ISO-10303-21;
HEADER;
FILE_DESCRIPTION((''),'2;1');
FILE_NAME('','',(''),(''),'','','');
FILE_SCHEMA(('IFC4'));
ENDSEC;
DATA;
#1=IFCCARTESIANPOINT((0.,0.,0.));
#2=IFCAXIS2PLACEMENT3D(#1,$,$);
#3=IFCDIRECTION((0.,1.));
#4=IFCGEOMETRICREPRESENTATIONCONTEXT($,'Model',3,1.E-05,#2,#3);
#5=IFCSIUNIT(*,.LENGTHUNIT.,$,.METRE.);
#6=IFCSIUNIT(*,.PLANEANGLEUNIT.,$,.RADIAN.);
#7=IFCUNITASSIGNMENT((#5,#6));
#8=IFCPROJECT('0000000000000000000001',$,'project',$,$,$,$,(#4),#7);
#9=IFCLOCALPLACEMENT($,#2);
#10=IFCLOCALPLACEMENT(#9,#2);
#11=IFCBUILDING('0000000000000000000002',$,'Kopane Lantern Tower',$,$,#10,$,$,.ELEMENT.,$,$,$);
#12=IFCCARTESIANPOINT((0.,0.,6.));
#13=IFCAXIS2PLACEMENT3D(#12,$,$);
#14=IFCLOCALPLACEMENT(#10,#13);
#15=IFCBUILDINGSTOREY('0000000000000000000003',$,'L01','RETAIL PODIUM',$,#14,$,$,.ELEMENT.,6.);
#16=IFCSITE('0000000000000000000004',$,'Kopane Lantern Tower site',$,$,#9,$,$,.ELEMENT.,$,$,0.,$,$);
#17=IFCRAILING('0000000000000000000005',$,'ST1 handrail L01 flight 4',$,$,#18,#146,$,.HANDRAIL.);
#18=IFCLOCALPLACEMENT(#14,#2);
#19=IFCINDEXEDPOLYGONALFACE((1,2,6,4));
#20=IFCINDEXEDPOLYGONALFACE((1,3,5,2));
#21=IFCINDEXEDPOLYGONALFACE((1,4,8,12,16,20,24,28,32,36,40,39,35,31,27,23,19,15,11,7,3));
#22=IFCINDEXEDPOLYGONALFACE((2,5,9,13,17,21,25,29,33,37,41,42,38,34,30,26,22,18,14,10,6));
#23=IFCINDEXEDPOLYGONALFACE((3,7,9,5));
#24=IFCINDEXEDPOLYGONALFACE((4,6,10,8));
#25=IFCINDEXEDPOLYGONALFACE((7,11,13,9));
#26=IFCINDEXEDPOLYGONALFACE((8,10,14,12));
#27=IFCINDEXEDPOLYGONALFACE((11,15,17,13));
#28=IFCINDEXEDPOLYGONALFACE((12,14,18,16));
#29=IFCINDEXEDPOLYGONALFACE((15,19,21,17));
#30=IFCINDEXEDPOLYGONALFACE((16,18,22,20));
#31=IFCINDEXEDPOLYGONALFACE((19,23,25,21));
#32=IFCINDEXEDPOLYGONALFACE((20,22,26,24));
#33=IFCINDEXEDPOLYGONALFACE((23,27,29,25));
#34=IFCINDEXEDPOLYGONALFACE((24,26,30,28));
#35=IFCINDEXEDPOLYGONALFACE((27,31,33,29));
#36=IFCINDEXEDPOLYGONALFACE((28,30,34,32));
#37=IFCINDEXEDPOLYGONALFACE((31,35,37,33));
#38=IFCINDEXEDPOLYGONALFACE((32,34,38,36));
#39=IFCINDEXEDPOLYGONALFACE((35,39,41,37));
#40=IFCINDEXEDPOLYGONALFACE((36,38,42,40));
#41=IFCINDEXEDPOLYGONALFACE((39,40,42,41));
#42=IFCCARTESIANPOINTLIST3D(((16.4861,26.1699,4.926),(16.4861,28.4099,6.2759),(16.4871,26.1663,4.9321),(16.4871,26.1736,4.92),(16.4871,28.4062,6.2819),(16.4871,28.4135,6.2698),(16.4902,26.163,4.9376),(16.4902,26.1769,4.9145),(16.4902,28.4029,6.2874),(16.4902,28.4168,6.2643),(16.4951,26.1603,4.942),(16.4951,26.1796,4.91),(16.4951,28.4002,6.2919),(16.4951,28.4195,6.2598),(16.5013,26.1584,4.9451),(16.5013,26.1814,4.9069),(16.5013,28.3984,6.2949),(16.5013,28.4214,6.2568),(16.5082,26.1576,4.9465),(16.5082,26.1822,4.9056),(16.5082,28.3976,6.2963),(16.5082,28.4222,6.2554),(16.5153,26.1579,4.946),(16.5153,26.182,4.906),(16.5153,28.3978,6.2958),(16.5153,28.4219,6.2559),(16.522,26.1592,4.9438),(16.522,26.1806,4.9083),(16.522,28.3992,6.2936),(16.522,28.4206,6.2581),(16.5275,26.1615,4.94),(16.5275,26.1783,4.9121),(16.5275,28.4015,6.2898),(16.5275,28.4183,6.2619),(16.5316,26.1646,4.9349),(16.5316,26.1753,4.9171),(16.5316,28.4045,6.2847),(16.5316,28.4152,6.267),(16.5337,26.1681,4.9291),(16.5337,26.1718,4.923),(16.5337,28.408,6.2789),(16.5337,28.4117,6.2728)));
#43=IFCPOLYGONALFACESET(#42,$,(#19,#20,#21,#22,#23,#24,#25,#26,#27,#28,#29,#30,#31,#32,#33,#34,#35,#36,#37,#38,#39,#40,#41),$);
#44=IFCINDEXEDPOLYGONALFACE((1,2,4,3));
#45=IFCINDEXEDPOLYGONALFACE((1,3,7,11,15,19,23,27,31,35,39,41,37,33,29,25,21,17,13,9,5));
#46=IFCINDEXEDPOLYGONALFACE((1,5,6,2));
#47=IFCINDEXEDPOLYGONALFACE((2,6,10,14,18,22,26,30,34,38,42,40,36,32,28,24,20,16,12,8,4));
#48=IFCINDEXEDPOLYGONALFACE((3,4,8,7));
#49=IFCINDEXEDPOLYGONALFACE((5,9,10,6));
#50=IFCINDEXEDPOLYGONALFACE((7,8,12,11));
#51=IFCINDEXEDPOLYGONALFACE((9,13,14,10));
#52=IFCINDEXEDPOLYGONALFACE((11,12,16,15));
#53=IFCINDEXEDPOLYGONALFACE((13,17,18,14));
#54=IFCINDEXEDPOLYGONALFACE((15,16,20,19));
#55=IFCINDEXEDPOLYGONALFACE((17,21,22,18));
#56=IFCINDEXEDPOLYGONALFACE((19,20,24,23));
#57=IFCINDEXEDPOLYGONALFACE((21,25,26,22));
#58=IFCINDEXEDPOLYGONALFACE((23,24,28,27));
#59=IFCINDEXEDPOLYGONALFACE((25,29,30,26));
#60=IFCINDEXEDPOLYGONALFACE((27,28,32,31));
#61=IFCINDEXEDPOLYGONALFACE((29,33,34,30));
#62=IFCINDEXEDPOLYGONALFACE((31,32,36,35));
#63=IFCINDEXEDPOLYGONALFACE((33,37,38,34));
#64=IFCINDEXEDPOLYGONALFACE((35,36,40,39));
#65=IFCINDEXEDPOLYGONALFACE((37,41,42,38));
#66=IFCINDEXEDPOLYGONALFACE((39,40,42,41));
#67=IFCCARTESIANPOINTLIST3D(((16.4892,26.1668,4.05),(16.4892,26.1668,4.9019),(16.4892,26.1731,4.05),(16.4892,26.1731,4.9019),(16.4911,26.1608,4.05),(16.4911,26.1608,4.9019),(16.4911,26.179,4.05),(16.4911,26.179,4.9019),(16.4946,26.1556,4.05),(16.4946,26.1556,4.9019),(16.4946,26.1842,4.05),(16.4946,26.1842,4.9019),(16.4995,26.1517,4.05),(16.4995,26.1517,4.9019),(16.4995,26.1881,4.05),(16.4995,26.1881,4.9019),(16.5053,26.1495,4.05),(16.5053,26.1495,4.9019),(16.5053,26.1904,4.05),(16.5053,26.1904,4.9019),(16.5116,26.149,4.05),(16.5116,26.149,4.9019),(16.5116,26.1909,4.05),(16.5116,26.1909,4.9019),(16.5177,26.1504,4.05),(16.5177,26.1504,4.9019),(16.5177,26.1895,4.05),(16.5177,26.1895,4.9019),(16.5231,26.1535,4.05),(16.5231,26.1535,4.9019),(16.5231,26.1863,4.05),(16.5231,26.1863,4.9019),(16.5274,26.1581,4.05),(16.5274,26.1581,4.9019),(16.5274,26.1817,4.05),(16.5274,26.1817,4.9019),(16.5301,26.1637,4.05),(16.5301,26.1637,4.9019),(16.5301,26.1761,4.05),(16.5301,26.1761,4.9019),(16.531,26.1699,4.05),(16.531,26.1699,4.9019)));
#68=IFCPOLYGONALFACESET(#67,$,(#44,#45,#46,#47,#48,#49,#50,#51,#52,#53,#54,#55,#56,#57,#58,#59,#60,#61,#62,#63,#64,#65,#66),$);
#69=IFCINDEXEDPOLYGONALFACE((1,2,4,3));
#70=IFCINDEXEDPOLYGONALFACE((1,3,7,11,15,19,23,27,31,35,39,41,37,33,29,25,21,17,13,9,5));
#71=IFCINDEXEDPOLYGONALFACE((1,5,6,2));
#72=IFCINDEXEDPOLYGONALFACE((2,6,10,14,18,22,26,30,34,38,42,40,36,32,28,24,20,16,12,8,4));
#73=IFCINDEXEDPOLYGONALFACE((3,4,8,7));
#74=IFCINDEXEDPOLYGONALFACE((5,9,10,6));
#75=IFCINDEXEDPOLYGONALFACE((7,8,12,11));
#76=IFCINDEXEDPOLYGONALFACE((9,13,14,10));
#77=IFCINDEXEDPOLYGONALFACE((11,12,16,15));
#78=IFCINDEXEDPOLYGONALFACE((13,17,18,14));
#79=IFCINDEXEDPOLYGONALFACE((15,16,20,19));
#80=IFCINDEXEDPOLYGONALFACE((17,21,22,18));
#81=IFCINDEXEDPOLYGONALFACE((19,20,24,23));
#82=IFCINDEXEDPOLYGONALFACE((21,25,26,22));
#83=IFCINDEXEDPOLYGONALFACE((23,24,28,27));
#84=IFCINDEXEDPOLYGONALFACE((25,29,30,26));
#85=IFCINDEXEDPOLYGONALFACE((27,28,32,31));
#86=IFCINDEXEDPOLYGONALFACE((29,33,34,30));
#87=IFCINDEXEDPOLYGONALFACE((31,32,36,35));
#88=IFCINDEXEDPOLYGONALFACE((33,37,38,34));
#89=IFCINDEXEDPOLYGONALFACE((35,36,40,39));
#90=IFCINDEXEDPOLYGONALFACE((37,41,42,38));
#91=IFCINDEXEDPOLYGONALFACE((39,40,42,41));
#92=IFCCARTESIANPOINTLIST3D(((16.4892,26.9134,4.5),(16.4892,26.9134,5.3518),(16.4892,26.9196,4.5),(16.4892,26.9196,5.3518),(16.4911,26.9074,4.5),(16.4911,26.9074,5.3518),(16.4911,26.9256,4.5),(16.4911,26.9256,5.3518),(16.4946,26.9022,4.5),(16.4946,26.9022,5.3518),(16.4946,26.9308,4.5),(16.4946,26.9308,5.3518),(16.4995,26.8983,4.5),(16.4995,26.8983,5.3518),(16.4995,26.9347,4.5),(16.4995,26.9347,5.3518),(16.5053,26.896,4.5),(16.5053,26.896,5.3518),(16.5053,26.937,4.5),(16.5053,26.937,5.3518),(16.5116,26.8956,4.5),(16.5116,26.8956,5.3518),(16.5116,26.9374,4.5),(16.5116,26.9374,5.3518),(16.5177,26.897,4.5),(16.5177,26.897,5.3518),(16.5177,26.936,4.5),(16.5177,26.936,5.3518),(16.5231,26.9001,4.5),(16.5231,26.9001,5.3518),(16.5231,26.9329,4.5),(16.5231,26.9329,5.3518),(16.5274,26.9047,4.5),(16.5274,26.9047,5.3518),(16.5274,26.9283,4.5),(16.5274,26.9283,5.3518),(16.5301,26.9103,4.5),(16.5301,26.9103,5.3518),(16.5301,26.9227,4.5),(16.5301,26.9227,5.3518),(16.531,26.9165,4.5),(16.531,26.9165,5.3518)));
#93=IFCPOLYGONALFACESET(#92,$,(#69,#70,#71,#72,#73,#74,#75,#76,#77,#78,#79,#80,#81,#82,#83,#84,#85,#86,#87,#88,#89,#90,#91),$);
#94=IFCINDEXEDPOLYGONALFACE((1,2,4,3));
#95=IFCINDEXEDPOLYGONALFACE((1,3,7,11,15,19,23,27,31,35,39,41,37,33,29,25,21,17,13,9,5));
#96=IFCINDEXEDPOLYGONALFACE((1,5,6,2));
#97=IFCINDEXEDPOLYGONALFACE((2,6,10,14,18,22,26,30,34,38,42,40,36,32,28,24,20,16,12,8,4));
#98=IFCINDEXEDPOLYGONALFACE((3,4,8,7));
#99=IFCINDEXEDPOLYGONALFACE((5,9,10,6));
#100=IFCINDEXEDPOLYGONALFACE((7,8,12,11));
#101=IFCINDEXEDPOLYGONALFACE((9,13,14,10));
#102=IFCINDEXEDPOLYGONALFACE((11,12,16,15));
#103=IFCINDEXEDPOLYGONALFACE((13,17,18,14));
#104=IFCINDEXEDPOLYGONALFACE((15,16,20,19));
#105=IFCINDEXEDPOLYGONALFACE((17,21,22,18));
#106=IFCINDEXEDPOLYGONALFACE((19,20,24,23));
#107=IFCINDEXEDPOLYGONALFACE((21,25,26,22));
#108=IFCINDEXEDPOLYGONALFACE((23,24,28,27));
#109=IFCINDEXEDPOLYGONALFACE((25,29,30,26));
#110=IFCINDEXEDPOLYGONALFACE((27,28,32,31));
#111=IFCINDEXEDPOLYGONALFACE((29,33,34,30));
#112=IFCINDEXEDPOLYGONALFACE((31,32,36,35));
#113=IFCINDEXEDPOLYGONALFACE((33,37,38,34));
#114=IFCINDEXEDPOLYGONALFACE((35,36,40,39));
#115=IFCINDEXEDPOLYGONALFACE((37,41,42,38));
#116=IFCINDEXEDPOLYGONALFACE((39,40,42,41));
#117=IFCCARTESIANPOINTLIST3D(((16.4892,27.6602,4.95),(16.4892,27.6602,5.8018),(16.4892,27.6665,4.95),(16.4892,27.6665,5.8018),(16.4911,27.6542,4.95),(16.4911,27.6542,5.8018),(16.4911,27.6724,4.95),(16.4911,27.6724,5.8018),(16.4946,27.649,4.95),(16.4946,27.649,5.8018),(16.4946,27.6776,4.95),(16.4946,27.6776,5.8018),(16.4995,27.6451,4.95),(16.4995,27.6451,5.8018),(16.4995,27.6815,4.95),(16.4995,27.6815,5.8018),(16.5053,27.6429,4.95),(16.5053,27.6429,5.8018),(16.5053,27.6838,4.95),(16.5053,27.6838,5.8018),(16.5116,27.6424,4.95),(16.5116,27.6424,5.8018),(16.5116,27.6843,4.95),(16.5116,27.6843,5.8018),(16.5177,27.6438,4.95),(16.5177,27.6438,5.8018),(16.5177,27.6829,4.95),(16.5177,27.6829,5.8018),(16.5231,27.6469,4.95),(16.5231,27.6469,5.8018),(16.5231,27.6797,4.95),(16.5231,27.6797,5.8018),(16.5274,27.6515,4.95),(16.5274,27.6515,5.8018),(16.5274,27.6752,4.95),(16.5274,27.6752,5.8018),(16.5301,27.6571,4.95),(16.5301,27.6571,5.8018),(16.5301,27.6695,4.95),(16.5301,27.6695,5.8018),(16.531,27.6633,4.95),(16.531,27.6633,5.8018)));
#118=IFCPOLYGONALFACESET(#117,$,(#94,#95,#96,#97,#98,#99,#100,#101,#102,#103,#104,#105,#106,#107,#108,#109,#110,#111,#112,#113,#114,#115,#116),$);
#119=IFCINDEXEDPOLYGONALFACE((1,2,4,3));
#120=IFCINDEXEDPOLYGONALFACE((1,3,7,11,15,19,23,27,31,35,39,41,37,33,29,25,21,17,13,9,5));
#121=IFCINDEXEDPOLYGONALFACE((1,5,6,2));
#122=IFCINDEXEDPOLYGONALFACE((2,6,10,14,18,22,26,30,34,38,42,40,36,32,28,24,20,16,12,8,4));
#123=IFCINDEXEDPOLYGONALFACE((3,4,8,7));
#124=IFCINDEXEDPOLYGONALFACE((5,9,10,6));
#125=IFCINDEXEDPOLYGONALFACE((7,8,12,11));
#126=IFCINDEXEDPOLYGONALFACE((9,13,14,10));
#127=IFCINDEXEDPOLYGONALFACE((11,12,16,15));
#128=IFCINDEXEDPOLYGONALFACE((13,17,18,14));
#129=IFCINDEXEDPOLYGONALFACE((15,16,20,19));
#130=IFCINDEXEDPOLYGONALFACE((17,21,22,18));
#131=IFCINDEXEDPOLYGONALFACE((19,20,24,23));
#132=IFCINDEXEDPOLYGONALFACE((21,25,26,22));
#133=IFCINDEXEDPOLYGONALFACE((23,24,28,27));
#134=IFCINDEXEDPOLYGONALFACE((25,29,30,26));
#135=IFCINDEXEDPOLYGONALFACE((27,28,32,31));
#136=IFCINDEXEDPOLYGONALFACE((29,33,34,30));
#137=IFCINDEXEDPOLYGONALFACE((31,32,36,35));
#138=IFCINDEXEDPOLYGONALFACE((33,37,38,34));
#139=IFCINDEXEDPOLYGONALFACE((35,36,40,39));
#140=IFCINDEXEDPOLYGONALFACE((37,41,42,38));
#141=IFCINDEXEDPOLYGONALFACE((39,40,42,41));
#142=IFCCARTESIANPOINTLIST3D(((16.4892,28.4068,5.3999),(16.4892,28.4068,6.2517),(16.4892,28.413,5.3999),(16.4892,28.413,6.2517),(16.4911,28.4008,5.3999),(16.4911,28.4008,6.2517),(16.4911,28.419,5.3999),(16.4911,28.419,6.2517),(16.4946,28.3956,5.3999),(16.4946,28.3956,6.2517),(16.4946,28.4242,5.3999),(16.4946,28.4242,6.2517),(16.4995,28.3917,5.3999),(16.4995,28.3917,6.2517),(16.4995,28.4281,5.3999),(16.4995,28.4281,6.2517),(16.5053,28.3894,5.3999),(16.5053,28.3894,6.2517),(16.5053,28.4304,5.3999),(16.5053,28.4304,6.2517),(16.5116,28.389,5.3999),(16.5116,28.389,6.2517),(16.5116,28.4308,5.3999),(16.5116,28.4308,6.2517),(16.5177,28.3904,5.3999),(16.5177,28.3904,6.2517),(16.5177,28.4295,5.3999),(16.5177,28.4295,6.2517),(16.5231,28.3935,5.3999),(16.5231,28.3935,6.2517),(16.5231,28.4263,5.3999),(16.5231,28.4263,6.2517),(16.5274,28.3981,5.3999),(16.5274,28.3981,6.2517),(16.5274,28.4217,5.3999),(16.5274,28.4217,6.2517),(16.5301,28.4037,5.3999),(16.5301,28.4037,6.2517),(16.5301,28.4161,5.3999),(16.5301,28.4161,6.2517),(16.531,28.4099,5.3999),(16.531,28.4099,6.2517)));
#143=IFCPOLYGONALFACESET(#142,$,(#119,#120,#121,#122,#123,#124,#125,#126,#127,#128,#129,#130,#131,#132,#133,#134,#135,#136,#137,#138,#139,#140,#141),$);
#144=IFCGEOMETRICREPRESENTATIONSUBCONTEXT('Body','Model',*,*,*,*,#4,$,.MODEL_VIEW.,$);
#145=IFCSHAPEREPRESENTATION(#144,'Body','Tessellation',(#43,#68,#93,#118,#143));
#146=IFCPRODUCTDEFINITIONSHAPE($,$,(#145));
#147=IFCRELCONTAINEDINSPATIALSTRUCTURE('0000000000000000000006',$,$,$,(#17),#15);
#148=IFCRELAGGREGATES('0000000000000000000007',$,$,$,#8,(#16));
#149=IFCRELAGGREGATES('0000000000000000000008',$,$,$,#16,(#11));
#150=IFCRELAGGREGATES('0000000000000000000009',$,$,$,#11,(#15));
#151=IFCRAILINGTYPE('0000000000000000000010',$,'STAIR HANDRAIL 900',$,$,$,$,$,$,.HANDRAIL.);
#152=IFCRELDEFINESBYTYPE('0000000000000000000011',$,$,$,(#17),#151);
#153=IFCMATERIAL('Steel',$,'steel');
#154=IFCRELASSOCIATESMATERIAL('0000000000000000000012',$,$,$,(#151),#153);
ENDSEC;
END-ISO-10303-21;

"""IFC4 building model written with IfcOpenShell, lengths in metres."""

from ifc_helpers import new_model, si_unit, direction, frame, origin, origin_2d, place, context, subcontext, project, spatial, circle, extrude, material, type_object, element, save


model = new_model("IFC4")

# Units and contexts
model_context = context("Model", 3, precision=1e-05, world=origin(), true_north=direction((0.0, 1.0)))
body_context = subcontext(model_context, "Body", "Model", "MODEL_VIEW")
ifc_project = project(units=[si_unit("LENGTHUNIT", "METRE"), si_unit("PLANEANGLEUNIT", "RADIAN")], contexts=[model_context])

# Site, building, storey
site_placement = place(None, origin())
site = spatial("IfcSite", under=ifc_project, at=site_placement, Name="Kopane Lantern Tower site", CompositionType="ELEMENT", RefElevation=0.0)
building_placement = place(site_placement, origin())
building = spatial("IfcBuilding", under=site, at=building_placement, Name="Kopane Lantern Tower", CompositionType="ELEMENT")
storey_placement = place(building_placement, frame((0.0, 0.0, 6.0)))
storey = spatial("IfcBuildingStorey", under=building, at=storey_placement, Name="L01", Description="RETAIL PODIUM", CompositionType="ELEMENT", Elevation=6.0)

# Railing
ifc_material_1 = material(Name="Steel", Category="steel")
railing_type_1 = type_object("IfcRailingType", Name="STAIR HANDRAIL 900", PredefinedType="HANDRAIL", material=ifc_material_1)
for number, where, name in (
    (1, (16.51, 26.1699, 4.05), "ST1 handrail L01 flight 4"),
):
    element("IfcRailing", number, at=place(storey_placement, frame(where)), inside=storey, type_object=railing_type_1, Name=name, PredefinedType="HANDRAIL", context=body_context, shape_type="SweptSolid", body=[
        extrude(circle(Radius=0.0239, at=origin_2d()), frame((0.0, 0.0, 0.876), z_axis=(0.0, 0.856503, 0.516142), x_axis=(-1.0, 0.0, 0.0)), (0.0, 0.0, 1.0), 2.6152),
        extrude(circle(Radius=0.021, at=origin_2d()), origin(), (0.0, 0.0, 1.0), 0.8518),
        extrude(circle(Radius=0.021, at=origin_2d()), frame((0.0, 0.7466, 0.45)), (0.0, 0.0, 1.0), 0.8518),
        extrude(circle(Radius=0.021, at=origin_2d()), frame((0.0, 1.4934, 0.8999)), (0.0, 0.0, 1.0), 0.8518),
        extrude(circle(Radius=0.021, at=origin_2d()), frame((0.0, 2.24, 1.3499)), (0.0, 0.0, 1.0), 0.8518),
    ])

save(model, "model.ifc")
